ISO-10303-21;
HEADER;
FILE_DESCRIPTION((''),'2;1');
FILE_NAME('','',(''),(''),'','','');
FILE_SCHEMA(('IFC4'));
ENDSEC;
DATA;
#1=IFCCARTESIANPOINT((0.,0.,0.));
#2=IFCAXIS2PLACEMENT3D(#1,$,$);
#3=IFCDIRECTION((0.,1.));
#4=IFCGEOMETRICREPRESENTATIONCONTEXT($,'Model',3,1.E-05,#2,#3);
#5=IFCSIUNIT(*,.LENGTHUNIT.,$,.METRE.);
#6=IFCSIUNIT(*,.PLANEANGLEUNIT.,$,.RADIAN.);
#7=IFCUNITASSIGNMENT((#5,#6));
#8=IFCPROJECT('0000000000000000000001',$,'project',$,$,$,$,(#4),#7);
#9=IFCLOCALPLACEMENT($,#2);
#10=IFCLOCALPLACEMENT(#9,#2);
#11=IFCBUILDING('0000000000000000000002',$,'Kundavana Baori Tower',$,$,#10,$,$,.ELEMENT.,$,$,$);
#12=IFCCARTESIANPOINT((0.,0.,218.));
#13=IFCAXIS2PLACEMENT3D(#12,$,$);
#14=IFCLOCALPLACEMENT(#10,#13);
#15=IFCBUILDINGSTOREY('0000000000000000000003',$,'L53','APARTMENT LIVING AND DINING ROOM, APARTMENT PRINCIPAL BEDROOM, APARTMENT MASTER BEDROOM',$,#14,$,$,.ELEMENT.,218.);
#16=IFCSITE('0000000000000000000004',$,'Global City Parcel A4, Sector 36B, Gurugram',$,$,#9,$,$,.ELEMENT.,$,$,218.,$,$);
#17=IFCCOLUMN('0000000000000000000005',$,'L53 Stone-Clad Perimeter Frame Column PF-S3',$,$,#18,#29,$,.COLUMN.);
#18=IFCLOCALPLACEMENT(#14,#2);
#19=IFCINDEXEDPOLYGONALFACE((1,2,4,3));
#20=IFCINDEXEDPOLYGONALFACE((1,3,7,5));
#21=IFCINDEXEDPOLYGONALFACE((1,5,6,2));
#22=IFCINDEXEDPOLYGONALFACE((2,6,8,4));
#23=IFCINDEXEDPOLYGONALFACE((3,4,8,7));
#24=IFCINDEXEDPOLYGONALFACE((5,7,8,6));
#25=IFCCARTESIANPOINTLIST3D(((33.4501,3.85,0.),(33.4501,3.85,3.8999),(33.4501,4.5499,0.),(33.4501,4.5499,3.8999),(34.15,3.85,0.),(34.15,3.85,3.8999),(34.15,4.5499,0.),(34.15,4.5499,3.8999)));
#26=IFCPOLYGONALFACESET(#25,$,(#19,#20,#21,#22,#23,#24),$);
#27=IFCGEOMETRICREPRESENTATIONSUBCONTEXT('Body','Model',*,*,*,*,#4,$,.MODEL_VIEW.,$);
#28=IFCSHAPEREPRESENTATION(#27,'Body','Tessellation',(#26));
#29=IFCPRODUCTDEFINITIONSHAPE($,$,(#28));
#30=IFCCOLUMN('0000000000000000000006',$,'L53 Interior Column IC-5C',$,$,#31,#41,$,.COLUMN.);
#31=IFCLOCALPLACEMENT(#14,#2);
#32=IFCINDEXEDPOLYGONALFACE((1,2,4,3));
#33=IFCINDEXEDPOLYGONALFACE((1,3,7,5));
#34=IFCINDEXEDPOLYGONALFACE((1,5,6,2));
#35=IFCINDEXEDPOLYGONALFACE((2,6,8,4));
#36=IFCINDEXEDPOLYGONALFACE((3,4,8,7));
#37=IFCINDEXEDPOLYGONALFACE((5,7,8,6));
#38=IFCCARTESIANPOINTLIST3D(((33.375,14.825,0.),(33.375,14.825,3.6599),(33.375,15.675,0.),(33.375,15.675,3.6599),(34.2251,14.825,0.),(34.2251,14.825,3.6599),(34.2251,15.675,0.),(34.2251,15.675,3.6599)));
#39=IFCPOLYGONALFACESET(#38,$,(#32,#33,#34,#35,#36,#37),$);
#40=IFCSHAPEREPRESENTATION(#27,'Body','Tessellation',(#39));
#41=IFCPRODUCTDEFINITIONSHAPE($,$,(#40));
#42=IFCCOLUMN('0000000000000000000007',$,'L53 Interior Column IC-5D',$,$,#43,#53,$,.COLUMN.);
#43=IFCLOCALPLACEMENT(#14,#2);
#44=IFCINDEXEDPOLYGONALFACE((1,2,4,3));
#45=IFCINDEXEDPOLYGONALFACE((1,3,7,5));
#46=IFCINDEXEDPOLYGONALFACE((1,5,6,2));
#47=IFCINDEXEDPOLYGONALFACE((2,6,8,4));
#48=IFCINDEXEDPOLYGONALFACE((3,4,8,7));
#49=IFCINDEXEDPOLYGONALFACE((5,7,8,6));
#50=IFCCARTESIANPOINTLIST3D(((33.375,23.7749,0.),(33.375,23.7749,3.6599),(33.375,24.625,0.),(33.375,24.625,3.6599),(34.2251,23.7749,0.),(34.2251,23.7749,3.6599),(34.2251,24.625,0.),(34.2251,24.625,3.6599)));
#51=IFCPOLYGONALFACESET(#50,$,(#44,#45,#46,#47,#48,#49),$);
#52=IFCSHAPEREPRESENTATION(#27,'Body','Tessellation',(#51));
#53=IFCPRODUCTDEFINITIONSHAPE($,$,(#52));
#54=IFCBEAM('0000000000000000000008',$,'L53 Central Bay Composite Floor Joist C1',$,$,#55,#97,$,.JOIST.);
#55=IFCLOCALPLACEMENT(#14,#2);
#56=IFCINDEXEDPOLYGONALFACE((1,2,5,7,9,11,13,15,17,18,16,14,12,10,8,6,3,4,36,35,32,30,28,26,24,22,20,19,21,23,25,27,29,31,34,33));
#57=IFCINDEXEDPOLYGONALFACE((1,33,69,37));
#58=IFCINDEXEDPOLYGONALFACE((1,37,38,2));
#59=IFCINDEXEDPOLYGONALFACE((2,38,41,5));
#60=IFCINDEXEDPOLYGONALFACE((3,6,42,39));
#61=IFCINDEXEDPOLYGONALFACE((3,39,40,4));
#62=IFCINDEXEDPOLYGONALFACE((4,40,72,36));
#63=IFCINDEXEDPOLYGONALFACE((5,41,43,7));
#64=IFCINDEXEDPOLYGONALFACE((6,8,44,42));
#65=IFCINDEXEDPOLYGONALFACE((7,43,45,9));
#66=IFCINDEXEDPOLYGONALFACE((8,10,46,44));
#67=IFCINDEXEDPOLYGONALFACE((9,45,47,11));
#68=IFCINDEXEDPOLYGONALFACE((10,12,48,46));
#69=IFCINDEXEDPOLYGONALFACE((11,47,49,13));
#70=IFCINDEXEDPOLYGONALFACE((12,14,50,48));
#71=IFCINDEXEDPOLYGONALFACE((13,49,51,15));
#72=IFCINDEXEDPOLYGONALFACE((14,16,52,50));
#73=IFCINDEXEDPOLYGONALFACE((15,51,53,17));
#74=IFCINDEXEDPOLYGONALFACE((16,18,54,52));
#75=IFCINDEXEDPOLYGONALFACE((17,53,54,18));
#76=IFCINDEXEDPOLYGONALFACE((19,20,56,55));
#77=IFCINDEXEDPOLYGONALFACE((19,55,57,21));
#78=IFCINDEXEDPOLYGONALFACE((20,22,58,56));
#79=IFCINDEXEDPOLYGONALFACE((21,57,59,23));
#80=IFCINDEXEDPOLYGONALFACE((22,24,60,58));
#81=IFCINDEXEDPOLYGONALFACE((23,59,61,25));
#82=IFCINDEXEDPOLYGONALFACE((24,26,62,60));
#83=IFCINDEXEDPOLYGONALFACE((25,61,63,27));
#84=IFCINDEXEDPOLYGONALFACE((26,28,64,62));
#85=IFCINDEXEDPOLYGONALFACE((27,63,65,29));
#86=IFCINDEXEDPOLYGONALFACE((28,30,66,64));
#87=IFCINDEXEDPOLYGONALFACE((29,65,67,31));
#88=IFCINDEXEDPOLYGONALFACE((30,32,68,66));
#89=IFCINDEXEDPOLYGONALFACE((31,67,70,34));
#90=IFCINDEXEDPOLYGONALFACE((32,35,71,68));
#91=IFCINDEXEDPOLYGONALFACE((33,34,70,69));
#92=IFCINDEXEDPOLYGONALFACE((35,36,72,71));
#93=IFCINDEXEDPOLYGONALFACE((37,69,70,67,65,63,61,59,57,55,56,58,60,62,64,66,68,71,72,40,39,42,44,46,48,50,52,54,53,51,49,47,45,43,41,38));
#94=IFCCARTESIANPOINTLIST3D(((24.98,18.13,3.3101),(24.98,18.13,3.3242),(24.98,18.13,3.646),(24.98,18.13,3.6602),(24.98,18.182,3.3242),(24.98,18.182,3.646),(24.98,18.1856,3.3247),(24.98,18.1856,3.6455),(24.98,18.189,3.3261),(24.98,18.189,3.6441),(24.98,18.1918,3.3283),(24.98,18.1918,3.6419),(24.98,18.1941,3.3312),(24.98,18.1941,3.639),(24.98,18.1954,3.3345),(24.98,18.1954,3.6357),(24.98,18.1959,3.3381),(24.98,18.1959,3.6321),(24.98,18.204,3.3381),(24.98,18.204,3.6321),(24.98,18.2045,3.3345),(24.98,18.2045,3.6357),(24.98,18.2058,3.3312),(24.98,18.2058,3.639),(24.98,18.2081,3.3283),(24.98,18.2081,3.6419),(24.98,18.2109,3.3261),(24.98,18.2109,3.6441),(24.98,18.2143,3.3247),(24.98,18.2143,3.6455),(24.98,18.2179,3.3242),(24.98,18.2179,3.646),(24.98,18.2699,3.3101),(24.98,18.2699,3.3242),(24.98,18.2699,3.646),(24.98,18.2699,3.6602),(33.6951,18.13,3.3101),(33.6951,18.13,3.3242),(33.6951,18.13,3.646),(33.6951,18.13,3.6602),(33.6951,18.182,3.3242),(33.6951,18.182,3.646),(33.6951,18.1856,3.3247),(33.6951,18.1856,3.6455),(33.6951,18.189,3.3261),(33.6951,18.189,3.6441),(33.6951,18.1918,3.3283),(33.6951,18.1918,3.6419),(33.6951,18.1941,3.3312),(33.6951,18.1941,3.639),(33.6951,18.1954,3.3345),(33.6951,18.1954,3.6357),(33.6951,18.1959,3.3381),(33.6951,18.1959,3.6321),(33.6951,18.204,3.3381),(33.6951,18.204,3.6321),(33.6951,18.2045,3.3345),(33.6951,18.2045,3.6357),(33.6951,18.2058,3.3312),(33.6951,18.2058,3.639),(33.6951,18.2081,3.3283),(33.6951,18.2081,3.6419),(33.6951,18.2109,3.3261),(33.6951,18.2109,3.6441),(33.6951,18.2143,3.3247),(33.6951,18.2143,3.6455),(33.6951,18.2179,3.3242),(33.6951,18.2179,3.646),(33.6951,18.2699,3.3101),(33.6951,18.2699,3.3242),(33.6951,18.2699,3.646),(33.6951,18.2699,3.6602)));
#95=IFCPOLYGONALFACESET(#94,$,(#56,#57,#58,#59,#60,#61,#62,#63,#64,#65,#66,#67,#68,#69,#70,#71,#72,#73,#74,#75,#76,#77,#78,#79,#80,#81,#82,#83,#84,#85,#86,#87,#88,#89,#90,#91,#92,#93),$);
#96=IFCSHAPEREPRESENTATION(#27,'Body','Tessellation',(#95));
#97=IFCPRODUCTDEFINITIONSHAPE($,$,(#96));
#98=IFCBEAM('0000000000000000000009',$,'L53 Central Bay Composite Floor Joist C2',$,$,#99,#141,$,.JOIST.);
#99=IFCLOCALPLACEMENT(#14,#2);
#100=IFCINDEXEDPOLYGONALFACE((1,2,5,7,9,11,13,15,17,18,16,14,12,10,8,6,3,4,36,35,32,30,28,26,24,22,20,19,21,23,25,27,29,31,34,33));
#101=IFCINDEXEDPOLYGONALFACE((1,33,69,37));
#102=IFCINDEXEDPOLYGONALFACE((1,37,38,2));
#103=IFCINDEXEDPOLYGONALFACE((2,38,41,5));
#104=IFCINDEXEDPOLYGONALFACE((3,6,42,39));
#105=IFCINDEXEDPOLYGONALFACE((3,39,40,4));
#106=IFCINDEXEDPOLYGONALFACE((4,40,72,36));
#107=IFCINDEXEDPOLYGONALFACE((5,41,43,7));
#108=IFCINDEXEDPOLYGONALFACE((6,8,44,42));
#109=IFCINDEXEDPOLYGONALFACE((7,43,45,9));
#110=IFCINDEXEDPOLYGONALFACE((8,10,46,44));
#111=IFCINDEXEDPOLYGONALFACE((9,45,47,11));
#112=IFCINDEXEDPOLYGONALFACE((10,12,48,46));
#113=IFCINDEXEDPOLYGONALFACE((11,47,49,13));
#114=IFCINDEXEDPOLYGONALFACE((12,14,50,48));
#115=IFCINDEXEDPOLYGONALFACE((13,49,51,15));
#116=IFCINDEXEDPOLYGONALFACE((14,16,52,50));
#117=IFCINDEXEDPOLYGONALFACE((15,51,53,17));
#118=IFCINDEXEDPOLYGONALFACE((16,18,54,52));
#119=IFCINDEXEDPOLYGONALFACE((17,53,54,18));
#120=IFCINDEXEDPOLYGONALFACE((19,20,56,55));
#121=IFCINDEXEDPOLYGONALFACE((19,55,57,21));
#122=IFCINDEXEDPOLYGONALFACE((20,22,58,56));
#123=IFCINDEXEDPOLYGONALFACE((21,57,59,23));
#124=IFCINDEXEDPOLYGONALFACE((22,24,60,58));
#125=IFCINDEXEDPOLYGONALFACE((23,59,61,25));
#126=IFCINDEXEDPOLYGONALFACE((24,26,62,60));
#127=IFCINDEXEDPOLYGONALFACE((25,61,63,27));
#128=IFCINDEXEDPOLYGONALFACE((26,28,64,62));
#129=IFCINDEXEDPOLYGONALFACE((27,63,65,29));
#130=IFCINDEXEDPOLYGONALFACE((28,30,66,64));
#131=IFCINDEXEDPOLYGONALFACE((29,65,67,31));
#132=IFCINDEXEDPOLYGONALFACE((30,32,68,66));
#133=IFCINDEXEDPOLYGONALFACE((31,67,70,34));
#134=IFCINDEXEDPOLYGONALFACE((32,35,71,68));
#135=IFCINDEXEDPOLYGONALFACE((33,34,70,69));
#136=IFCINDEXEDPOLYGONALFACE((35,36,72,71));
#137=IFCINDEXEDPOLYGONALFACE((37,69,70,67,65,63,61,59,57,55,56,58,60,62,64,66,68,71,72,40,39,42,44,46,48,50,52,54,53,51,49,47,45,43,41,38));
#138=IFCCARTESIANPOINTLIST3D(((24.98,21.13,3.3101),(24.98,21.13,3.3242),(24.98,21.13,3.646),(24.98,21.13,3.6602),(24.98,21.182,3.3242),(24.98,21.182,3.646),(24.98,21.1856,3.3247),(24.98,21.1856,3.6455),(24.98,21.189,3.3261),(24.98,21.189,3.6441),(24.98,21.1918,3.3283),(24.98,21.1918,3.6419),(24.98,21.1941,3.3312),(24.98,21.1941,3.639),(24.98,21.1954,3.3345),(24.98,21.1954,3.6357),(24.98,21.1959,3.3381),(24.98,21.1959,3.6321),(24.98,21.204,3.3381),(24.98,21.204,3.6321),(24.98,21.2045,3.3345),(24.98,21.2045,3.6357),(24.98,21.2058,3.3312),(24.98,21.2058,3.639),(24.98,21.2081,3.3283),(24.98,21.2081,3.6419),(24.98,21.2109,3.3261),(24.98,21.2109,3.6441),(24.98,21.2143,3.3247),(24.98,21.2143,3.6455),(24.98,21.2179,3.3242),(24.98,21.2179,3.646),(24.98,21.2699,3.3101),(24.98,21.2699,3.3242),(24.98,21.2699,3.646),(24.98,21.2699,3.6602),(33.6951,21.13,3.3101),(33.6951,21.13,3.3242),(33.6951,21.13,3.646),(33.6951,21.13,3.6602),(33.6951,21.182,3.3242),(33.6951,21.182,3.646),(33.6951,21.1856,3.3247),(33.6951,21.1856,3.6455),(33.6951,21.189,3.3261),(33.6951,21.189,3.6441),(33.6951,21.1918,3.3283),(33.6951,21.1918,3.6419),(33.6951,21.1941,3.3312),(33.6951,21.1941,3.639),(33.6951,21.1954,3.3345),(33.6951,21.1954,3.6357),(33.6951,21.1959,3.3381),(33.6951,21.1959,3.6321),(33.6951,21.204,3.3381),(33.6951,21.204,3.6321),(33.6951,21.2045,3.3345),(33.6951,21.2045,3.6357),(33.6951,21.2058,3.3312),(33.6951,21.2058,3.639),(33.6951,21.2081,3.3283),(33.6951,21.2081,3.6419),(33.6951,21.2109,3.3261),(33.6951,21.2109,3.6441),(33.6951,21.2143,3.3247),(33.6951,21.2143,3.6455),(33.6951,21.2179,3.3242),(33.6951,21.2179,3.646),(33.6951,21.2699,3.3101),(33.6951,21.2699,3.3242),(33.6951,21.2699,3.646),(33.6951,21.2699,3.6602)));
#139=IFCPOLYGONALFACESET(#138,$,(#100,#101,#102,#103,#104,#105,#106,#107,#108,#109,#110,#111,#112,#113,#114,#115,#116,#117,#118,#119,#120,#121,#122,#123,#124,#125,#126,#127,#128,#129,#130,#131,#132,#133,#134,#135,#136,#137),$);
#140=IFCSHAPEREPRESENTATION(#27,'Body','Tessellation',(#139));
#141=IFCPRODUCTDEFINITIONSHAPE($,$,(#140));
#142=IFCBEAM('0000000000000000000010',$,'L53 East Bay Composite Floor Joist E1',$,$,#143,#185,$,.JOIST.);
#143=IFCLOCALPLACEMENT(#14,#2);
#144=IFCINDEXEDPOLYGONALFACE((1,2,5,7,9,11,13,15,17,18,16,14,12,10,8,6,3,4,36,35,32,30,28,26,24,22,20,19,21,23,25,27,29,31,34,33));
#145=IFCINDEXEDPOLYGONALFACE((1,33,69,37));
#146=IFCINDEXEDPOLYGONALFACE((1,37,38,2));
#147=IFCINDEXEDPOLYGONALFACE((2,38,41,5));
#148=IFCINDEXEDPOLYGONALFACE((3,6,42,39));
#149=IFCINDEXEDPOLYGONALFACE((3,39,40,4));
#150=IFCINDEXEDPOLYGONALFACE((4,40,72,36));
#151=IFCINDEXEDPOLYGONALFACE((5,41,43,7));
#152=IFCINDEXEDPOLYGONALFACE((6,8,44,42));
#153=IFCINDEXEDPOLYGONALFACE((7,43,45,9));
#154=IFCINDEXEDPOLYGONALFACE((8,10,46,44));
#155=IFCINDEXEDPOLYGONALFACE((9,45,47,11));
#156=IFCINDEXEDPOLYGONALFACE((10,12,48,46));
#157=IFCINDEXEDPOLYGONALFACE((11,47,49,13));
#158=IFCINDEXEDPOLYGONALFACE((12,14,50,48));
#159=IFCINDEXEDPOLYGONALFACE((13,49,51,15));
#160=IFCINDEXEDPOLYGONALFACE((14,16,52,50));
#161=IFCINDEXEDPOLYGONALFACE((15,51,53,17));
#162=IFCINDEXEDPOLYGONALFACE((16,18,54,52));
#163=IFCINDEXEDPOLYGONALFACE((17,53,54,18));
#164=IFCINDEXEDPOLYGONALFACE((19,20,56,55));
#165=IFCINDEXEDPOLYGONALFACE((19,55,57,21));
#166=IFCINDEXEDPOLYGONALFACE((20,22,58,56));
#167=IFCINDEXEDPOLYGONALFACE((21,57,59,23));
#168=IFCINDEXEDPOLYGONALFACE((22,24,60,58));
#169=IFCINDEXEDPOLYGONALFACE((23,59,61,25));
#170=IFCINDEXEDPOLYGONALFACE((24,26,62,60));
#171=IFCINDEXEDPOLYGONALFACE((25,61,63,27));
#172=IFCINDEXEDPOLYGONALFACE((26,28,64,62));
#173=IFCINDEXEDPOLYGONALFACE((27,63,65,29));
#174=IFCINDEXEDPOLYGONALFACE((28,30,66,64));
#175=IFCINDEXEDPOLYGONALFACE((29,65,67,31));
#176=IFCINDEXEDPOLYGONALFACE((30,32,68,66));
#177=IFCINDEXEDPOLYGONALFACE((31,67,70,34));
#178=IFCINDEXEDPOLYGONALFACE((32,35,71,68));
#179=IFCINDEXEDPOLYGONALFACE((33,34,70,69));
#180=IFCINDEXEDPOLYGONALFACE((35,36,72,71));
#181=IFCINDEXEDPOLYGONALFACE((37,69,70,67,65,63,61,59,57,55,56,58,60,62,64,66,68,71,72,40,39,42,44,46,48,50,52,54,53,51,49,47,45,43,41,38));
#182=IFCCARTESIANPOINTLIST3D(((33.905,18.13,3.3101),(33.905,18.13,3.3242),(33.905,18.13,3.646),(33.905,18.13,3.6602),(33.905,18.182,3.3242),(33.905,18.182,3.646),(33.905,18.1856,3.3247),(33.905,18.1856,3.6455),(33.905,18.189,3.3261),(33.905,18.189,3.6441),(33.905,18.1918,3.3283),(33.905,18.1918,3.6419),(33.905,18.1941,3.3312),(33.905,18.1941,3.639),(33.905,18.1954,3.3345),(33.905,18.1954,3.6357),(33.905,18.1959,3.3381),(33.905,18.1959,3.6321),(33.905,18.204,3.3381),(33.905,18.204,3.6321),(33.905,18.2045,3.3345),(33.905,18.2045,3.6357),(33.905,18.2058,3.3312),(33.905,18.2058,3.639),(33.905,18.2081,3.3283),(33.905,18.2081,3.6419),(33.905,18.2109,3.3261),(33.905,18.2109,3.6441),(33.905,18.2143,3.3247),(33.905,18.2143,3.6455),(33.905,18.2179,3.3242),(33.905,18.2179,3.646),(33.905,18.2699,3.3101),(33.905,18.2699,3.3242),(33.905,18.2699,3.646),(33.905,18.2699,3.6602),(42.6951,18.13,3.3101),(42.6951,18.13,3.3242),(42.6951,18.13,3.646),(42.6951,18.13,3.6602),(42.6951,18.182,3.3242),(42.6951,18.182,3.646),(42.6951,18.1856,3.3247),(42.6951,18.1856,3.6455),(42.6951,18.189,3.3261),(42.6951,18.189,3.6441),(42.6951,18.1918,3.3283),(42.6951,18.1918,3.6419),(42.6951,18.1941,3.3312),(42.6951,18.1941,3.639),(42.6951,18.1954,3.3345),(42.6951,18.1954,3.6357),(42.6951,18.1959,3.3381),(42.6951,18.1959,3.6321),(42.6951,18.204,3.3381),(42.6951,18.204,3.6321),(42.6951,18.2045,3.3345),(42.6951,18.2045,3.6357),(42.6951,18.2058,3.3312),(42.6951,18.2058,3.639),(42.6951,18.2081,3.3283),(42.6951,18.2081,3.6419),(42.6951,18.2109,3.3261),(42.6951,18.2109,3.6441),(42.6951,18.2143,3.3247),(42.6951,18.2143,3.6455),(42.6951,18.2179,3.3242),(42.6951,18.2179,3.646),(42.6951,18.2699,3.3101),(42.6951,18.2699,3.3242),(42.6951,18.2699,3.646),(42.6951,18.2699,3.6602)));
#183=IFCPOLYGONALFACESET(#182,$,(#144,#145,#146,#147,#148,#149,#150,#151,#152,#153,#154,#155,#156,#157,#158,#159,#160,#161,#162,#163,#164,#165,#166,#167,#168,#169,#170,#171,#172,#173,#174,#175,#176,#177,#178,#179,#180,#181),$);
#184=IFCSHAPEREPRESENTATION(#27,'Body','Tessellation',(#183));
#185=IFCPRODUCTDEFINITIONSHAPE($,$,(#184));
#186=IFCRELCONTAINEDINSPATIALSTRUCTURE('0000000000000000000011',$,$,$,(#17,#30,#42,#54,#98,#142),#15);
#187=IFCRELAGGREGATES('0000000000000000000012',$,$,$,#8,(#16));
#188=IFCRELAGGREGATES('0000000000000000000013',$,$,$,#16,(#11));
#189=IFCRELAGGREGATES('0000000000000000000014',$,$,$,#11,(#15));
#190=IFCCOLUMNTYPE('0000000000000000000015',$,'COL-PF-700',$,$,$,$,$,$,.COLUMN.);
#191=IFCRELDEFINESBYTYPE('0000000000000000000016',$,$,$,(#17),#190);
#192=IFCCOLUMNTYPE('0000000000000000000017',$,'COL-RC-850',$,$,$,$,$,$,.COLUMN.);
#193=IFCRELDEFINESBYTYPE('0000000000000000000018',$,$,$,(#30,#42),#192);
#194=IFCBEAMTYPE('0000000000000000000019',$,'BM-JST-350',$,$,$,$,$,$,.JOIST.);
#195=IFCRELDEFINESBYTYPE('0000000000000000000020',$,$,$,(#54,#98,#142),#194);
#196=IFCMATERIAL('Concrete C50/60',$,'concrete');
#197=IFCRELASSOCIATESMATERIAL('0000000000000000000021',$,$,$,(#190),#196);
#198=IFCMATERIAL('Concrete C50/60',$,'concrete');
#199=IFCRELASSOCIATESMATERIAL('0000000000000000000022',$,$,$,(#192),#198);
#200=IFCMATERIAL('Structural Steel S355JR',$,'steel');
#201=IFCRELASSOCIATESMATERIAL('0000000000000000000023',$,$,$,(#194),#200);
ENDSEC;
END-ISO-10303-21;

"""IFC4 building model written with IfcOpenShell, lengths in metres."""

from ifc_helpers import new_model, si_unit, direction, frame, origin, origin_2d, place, context, subcontext, project, spatial, rectangle, i_section, extrude, material, material_profile, profile_set, type_object, element, save


model = new_model("IFC4")

# Units and contexts
model_context = context("Model", 3, precision=1e-05, world=origin(), true_north=direction((0.0, 1.0)))
body_context = subcontext(model_context, "Body", "Model", "MODEL_VIEW")
ifc_project = project(units=[si_unit("LENGTHUNIT", "METRE"), si_unit("PLANEANGLEUNIT", "RADIAN")], contexts=[model_context])

# Site, building, storey
site_placement = place(None, origin())
site = spatial("IfcSite", under=ifc_project, at=site_placement, Name="Global City Parcel A4, Sector 36B, Gurugram", CompositionType="ELEMENT", RefElevation=218.0)
building_placement = place(site_placement, origin())
building = spatial("IfcBuilding", under=site, at=building_placement, Name="Kundavana Baori Tower", CompositionType="ELEMENT")
storey_placement = place(building_placement, frame((0.0, 0.0, 218.0)))
storey = spatial("IfcBuildingStorey", under=building, at=storey_placement, Name="L53", Description="APARTMENT LIVING AND DINING ROOM, APARTMENT PRINCIPAL BEDROOM, APARTMENT MASTER BEDROOM", CompositionType="ELEMENT", Elevation=218.0)

# Columns
ifc_material_1 = material(Name="Concrete C50/60", Category="concrete")
ifc_material_profile_1 = material_profile(ifc_material_1, rectangle(XDim=0.7, YDim=0.7, at=origin_2d()), Name="RC PF 700x700")
ifc_profile_set_1 = profile_set([ifc_material_profile_1], Name="Concrete C50/60")
column_type_1 = type_object("IfcColumnType", Name="COL-PF-700", PredefinedType="COLUMN", material=ifc_profile_set_1)
column_placement = place(storey_placement, frame((33.8, 4.2, 0.0), z_axis=(0.0, 0.0, 1.0), x_axis=(1.0, 0.0, 0.0)))
element("IfcColumn", 1, at=column_placement, inside=storey, type_object=column_type_1, Name="L53 Stone-Clad Perimeter Frame Column PF-S3", PredefinedType="COLUMN", context=body_context, shape_type="SweptSolid", body=[
    extrude(rectangle(XDim=0.7, YDim=0.7, at=origin_2d()), origin(), (0.0, 0.0, 1.0), 3.8999),
])
ifc_material_2 = material(Name="Concrete C50/60", Category="concrete")
ifc_material_profile_2 = material_profile(ifc_material_2, rectangle(XDim=0.8501, YDim=0.8501, at=origin_2d()), Name="RC 850x850")
ifc_profile_set_2 = profile_set([ifc_material_profile_2], Name="Concrete C50/60")
column_type_2 = type_object("IfcColumnType", Name="COL-RC-850", PredefinedType="COLUMN", material=ifc_profile_set_2)
for number, where, z_axis, x_axis, name in (
    (2, (33.8, 15.25, 0.0), (0.0, 0.0, 1.0), (1.0, 0.0, 0.0), "L53 Interior Column IC-5C"),
    (3, (33.8, 24.2, 0.0), (0.0, 0.0, 1.0), (1.0, 0.0, 0.0), "L53 Interior Column IC-5D"),
):
    element("IfcColumn", number, at=place(storey_placement, frame(where, z_axis=z_axis, x_axis=x_axis)), inside=storey, type_object=column_type_2, Name=name, PredefinedType="COLUMN", context=body_context, shape_type="SweptSolid", body=[
        extrude(rectangle(XDim=0.8501, YDim=0.8501, at=origin_2d()), origin(), (0.0, 0.0, 1.0), 3.6599),
    ])

# Beams
ifc_material_3 = material(Name="Structural Steel S355JR", Category="steel")
ifc_material_profile_3 = material_profile(ifc_material_3, i_section(OverallWidth=0.1399, OverallDepth=0.3501, WebThickness=0.0081, FlangeThickness=0.0142, FilletRadius=0.0139, at=origin_2d()), Name="ISMB 350")
ifc_profile_set_3 = profile_set([ifc_material_profile_3], Name="Structural Steel S355JR")
beam_type_1 = type_object("IfcBeamType", Name="BM-JST-350", PredefinedType="JOIST", material=ifc_profile_set_3)
for number, where, z_axis, x_axis, name in (
    (4, (24.98, 18.2, 3.4851), (1.0, 0.0, 0.0), (0.0, 1.0, 0.0), "L53 Central Bay Composite Floor Joist C1"),
    (5, (24.98, 21.2, 3.4851), (1.0, 0.0, 0.0), (0.0, 1.0, 0.0), "L53 Central Bay Composite Floor Joist C2"),
):
    element("IfcBeam", number, at=place(storey_placement, frame(where, z_axis=z_axis, x_axis=x_axis)), inside=storey, type_object=beam_type_1, Name=name, PredefinedType="JOIST", context=body_context, shape_type="SweptSolid", body=[
        extrude(i_section(OverallWidth=0.1399, OverallDepth=0.3501, WebThickness=0.0081, FlangeThickness=0.0142, FilletRadius=0.0139, at=origin_2d()), origin(), (0.0, 0.0, 1.0), 8.7151),
    ])
for number, where, z_axis, x_axis, name in (
    (6, (33.905, 18.2, 3.4851), (1.0, 0.0, 0.0), (0.0, 1.0, 0.0), "L53 East Bay Composite Floor Joist E1"),
):
    element("IfcBeam", number, at=place(storey_placement, frame(where, z_axis=z_axis, x_axis=x_axis)), inside=storey, type_object=beam_type_1, Name=name, PredefinedType="JOIST", context=body_context, shape_type="SweptSolid", body=[
        extrude(i_section(OverallWidth=0.1399, OverallDepth=0.3501, WebThickness=0.0081, FlangeThickness=0.0142, FilletRadius=0.0139, at=origin_2d()), origin(), (0.0, 0.0, 1.0), 8.79),
    ])

save(model, "model.ifc")
